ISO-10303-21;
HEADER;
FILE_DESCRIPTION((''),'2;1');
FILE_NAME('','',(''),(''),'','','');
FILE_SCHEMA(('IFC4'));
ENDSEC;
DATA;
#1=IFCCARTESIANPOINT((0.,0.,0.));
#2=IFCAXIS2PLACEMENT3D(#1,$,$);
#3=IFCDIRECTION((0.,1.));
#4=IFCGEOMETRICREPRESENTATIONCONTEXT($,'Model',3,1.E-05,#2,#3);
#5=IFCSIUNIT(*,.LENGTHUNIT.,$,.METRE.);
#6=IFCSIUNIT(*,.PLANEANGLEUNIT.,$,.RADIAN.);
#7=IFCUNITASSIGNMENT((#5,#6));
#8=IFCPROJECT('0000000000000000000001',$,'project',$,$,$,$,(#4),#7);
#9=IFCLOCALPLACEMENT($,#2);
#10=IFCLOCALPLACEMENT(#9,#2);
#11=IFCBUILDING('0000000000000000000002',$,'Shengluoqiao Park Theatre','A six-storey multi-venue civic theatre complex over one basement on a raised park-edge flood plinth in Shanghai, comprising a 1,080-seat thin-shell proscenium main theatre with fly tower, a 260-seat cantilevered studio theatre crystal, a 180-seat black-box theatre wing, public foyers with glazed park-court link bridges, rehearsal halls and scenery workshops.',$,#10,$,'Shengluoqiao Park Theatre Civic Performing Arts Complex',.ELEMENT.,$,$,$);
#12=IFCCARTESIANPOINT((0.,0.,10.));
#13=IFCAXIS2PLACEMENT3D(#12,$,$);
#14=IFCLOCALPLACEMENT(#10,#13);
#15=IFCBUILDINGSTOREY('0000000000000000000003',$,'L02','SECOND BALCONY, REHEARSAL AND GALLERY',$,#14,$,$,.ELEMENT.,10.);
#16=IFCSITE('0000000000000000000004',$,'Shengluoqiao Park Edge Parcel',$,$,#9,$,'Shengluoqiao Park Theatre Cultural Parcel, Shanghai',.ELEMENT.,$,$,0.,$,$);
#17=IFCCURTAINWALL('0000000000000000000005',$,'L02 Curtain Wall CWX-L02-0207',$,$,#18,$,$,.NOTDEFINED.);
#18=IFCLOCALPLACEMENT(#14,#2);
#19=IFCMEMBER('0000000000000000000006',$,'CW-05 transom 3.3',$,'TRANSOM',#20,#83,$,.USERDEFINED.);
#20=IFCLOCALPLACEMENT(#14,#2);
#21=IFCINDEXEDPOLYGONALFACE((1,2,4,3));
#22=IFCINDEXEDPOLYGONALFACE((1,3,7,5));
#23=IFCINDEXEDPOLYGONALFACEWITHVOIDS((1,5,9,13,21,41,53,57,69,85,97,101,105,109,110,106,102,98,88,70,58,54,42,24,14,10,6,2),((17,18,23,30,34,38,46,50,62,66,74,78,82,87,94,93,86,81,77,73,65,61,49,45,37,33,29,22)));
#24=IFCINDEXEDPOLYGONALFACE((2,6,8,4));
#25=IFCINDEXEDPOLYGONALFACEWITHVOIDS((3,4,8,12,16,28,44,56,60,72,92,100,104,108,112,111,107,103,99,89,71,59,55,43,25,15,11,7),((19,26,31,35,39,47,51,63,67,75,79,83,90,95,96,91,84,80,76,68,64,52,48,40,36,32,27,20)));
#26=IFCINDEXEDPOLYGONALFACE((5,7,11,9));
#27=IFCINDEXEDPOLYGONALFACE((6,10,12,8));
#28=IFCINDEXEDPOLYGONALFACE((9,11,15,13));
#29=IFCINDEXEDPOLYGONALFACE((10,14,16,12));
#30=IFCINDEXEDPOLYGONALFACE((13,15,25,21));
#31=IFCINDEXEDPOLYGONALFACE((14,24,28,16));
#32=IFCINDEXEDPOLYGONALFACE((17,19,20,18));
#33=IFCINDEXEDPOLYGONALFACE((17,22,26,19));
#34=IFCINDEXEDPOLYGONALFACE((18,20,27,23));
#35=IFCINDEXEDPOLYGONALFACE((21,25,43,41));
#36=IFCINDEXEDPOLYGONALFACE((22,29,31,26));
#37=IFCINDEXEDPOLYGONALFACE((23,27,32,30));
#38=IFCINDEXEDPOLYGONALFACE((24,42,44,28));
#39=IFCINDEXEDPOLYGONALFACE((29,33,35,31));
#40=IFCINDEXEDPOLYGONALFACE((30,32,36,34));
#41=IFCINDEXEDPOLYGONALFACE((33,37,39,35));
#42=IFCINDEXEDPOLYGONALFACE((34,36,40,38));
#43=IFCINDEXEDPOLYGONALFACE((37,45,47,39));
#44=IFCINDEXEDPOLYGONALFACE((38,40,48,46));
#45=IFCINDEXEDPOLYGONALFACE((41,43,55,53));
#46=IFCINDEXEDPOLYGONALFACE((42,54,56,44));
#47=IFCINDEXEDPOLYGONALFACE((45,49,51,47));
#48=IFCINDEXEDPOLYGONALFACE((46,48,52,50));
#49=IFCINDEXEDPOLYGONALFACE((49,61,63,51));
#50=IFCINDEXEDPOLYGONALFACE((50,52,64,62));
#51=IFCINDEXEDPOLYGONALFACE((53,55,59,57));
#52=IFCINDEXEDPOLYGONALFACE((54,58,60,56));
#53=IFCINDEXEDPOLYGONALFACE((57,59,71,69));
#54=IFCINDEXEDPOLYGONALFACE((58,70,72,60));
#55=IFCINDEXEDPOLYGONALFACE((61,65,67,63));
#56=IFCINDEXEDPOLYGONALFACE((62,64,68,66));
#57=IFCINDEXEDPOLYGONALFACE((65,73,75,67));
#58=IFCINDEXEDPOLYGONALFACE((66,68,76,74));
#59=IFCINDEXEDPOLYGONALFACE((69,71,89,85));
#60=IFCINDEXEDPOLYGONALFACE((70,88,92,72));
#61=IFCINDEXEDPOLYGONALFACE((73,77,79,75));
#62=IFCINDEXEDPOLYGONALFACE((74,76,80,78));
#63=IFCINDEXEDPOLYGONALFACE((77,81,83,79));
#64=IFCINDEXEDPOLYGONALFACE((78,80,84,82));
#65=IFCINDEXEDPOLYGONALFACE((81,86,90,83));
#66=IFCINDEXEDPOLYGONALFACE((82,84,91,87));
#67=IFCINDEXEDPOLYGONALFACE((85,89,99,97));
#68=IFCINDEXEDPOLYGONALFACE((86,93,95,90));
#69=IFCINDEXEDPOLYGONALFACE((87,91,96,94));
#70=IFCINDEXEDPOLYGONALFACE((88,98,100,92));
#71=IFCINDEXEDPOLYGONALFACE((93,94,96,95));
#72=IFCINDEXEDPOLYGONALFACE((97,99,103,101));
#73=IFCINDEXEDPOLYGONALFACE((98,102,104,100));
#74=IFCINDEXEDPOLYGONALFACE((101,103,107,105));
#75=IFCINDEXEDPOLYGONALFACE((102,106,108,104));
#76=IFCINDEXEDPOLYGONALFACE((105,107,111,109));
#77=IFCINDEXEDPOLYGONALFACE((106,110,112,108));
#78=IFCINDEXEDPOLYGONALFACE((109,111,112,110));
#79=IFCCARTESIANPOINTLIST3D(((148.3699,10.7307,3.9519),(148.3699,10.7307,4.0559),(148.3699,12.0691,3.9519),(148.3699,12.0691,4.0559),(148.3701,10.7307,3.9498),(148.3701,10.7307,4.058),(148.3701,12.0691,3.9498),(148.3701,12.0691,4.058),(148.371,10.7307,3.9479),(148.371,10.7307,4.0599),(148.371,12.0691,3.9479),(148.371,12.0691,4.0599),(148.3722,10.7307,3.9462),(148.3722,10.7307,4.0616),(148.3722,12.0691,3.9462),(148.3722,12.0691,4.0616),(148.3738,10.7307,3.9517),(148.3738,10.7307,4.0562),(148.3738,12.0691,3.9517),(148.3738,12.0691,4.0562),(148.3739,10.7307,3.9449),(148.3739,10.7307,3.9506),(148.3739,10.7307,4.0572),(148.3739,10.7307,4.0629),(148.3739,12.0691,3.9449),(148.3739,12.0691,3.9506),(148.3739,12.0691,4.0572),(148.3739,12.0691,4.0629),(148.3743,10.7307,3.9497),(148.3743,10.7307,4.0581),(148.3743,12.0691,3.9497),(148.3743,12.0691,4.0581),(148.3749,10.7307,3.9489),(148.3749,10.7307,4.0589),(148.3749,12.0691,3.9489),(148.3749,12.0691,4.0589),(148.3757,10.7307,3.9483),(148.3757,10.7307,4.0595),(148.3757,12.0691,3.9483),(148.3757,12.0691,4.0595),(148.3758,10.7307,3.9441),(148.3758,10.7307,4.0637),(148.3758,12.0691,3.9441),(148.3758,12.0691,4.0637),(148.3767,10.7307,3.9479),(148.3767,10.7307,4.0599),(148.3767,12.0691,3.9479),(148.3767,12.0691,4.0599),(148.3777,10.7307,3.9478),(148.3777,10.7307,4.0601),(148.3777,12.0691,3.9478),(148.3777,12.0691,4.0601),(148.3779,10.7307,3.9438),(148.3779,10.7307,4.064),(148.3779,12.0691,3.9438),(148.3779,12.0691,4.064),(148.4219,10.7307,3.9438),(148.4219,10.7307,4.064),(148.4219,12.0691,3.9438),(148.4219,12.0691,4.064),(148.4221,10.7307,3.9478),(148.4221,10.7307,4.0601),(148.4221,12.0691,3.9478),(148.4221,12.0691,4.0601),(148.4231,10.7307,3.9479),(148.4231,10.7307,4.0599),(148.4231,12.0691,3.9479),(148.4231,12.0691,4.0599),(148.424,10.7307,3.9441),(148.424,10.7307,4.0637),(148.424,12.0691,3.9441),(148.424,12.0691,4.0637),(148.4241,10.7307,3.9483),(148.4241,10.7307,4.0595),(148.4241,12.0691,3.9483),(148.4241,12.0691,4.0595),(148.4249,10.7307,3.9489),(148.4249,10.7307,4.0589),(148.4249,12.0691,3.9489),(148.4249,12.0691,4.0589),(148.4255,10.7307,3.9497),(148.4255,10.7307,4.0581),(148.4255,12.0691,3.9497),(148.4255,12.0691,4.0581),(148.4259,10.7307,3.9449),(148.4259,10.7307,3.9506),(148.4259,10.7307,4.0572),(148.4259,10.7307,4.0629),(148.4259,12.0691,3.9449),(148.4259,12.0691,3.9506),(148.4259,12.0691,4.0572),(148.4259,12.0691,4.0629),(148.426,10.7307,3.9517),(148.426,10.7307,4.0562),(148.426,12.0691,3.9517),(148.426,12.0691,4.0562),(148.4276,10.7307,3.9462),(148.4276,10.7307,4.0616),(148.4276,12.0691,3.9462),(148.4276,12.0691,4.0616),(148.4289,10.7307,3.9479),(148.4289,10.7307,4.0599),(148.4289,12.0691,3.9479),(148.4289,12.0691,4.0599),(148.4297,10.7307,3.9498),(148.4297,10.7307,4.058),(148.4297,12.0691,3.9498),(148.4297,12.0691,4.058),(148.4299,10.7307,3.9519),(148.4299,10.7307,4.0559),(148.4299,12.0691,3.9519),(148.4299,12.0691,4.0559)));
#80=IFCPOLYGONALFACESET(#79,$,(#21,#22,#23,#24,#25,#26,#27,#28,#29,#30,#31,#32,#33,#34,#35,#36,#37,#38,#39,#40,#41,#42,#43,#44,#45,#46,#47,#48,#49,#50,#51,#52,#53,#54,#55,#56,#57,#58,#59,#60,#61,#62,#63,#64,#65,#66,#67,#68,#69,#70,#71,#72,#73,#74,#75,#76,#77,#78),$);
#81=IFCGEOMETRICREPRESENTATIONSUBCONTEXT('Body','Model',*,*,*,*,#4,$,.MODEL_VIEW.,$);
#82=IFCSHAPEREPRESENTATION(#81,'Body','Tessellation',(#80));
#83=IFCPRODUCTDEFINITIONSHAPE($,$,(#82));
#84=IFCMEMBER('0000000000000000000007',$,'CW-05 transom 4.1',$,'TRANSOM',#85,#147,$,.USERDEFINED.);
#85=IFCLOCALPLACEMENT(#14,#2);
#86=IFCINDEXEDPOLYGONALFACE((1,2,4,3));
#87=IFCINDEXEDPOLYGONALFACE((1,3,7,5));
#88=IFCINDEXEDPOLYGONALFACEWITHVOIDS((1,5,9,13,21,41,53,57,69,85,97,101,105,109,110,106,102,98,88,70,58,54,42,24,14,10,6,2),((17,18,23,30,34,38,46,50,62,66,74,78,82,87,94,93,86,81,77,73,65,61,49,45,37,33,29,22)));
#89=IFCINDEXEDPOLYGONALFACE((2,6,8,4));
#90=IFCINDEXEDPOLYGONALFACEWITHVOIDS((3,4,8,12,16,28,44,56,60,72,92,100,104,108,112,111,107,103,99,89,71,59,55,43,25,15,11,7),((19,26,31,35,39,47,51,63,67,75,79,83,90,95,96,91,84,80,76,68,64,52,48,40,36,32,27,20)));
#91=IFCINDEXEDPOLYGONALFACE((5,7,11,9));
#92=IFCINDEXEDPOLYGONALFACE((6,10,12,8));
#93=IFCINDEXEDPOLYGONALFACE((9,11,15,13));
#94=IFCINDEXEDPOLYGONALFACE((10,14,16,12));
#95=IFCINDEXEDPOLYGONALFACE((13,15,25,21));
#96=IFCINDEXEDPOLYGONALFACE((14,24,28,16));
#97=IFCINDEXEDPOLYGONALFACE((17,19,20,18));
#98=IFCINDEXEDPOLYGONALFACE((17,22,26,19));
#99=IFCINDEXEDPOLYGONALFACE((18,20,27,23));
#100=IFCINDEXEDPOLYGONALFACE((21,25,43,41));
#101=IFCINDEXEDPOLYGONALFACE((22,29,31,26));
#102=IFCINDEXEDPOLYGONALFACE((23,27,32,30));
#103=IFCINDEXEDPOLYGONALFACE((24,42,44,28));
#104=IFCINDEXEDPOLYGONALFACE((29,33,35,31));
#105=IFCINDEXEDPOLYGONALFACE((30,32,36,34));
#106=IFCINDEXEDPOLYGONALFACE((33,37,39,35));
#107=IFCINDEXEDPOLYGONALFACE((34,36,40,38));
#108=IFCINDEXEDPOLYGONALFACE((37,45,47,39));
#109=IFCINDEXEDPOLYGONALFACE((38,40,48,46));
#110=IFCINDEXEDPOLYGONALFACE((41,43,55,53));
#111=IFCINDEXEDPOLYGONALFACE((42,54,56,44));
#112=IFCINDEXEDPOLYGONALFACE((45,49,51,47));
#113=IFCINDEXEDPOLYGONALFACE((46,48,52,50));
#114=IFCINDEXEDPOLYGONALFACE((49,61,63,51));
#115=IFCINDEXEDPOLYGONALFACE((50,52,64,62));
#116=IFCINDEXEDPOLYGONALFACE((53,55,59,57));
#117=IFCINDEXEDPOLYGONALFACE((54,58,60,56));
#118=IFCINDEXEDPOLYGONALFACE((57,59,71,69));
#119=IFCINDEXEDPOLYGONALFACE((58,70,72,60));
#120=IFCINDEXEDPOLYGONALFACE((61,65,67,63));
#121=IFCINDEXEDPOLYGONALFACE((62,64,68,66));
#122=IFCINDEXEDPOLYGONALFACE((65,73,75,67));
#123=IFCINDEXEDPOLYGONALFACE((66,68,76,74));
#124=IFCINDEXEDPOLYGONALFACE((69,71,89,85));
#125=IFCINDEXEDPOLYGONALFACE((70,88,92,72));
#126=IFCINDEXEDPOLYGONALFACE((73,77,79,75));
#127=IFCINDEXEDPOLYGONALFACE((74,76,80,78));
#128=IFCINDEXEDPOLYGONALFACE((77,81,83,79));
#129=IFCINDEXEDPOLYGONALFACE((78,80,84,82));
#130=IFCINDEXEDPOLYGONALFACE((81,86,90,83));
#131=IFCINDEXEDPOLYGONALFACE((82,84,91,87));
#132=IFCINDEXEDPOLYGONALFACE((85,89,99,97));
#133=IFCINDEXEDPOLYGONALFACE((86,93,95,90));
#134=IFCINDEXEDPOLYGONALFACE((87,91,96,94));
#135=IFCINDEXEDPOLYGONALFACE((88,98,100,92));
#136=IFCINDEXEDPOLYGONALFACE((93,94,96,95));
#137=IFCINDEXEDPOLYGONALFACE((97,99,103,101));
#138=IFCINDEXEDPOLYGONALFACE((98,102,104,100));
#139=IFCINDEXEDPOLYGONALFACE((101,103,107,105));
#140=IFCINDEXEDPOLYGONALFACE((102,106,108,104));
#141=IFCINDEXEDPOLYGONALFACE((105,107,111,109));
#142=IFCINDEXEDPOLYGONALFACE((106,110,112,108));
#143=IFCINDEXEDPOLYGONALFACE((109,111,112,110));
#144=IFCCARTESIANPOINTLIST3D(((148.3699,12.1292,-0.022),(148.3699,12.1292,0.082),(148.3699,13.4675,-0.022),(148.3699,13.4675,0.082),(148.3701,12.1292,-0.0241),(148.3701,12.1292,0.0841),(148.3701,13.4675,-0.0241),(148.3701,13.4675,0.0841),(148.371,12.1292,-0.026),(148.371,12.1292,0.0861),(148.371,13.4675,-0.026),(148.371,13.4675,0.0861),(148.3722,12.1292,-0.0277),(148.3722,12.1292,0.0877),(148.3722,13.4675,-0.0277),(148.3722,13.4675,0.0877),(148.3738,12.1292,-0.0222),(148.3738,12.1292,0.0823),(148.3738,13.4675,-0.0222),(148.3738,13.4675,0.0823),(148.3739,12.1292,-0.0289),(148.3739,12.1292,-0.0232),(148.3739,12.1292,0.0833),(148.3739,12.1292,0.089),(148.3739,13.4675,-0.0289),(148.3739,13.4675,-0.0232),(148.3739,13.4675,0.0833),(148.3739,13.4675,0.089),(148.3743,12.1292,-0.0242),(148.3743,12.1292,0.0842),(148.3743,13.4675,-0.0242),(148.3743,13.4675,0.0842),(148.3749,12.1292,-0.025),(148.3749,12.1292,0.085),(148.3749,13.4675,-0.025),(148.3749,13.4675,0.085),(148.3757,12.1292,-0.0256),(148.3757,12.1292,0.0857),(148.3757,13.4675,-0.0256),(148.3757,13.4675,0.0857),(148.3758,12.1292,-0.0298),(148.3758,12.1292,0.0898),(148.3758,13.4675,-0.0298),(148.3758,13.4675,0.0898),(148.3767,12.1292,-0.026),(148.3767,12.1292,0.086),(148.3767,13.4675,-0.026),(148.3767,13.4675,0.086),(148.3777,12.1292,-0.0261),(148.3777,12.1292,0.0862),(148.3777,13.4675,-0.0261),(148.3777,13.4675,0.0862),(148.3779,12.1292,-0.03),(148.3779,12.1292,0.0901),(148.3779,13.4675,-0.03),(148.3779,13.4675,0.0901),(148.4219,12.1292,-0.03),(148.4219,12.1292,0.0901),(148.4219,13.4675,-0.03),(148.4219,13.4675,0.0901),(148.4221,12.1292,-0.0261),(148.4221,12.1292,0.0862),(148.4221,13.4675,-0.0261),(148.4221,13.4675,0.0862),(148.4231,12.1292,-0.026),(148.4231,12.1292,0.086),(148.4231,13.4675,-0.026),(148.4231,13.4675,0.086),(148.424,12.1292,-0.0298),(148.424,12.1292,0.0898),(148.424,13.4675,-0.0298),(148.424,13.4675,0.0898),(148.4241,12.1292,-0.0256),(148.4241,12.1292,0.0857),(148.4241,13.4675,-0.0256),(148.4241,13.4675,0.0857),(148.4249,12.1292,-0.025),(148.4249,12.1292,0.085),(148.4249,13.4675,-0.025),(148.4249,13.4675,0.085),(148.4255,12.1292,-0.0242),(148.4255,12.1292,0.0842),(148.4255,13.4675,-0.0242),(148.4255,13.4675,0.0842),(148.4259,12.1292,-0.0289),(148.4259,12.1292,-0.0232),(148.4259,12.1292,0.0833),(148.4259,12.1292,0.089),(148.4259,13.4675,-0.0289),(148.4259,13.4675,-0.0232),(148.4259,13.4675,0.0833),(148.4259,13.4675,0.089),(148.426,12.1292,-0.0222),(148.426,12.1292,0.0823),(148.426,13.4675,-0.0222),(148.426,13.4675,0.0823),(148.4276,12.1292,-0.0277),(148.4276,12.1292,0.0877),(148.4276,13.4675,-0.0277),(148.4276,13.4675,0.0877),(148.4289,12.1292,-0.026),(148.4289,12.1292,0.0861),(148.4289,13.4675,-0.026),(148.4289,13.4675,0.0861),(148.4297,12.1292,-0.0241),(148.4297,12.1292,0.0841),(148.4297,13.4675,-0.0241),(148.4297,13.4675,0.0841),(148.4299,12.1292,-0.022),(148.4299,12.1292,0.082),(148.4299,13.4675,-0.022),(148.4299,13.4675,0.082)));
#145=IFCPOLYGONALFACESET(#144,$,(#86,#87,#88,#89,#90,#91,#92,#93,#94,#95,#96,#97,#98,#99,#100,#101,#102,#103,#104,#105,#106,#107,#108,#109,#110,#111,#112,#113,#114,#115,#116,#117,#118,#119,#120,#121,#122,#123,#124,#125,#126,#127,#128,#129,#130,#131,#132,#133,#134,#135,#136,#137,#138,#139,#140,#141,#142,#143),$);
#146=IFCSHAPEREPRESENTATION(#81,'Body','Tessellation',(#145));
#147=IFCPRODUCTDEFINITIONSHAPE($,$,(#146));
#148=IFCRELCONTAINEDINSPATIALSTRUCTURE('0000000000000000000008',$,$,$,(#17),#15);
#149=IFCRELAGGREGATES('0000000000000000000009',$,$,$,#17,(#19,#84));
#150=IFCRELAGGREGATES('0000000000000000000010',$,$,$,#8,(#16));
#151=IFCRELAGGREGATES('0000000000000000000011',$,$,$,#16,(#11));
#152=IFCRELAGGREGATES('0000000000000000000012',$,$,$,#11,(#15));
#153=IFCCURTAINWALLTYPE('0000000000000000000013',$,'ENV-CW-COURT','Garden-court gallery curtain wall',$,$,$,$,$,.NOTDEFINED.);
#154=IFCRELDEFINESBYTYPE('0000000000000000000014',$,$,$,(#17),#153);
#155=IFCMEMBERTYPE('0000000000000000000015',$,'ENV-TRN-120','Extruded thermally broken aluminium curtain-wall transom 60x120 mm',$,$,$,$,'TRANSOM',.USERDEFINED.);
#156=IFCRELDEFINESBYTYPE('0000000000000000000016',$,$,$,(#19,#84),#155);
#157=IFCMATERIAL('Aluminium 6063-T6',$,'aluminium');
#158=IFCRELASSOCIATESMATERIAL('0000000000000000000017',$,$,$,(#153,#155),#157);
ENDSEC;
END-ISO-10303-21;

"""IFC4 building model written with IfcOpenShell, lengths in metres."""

from ifc_helpers import new_model, si_unit, direction, frame, origin, origin_2d, place, context, subcontext, project, spatial, hollow_rectangle, extrude, material, material_profile, profile_set, type_object, element, aggregate, save


model = new_model("IFC4")

# Units and contexts
model_context = context("Model", 3, precision=1e-05, world=origin(), true_north=direction((0.0, 1.0)))
body_context = subcontext(model_context, "Body", "Model", "MODEL_VIEW")
ifc_project = project(units=[si_unit("LENGTHUNIT", "METRE"), si_unit("PLANEANGLEUNIT", "RADIAN")], contexts=[model_context])

# Site, building, storey
site_placement = place(None, origin())
site = spatial("IfcSite", under=ifc_project, at=site_placement, Name="Shengluoqiao Park Edge Parcel", LongName="Shengluoqiao Park Theatre Cultural Parcel, Shanghai", CompositionType="ELEMENT", RefElevation=0.0)
building_placement = place(site_placement, origin())
building = spatial("IfcBuilding", under=site, at=building_placement, Name="Shengluoqiao Park Theatre", Description="A six-storey multi-venue civic theatre complex over one basement on a raised park-edge flood plinth in Shanghai, comprising a 1,080-seat thin-shell proscenium main theatre with fly tower, a 260-seat cantilevered studio theatre crystal, a 180-seat black-box theatre wing, public foyers with glazed park-court link bridges, rehearsal halls and scenery workshops.", LongName="Shengluoqiao Park Theatre Civic Performing Arts Complex", CompositionType="ELEMENT")
storey_placement = place(building_placement, frame((0.0, 0.0, 10.0)))
storey = spatial("IfcBuildingStorey", under=building, at=storey_placement, Name="L02", Description="SECOND BALCONY, REHEARSAL AND GALLERY", CompositionType="ELEMENT", Elevation=10.0)

# Curtain wall, members
ifc_material_1 = material(Name="Aluminium 6063-T6", Category="aluminium")
curtain_wall_type = type_object("IfcCurtainWallType", Name="ENV-CW-COURT", Description="Garden-court gallery curtain wall", PredefinedType="NOTDEFINED", material=ifc_material_1)
curtain_wall_placement = place(storey_placement, origin())
curtain_wall = element("IfcCurtainWall", 1, at=curtain_wall_placement, inside=storey, type_object=curtain_wall_type, Name="L02 Curtain Wall CWX-L02-0207", PredefinedType="NOTDEFINED")
ifc_material_profile_1 = material_profile(ifc_material_1, hollow_rectangle(XDim=0.0601, YDim=0.1201, WallThickness=0.0039, InnerFilletRadius=0.0039, OuterFilletRadius=0.0081, at=origin_2d()), Name="ALU TRANSOM 120x60x4")
ifc_profile_set_1 = profile_set([ifc_material_profile_1], Name="Aluminium 6063-T6")
member_type_1 = type_object("IfcMemberType", Name="ENV-TRN-120", Description="Extruded thermally broken aluminium curtain-wall transom 60x120 mm", ElementType="TRANSOM", PredefinedType="USERDEFINED", material=ifc_profile_set_1)
member_1_placement = place(storey_placement, frame((148.3999, 10.7307, 4.0039), z_axis=(0.0, 1.0, 0.0), x_axis=(-1.0, 0.0, 0.0)))
member_1 = element("IfcMember", 2, at=member_1_placement, type_object=member_type_1, Name="CW-05 transom 3.3", ObjectType="TRANSOM", PredefinedType="USERDEFINED", context=body_context, shape_type="SweptSolid", body=[
    extrude(hollow_rectangle(XDim=0.0601, YDim=0.1201, WallThickness=0.0039, InnerFilletRadius=0.0039, OuterFilletRadius=0.0081, at=origin_2d()), origin(), (0.0, 0.0, 1.0), 1.3384),
])
member_2_placement = place(storey_placement, frame((148.3999, 12.1292, 0.03), z_axis=(0.0, 1.0, 0.0), x_axis=(-1.0, 0.0, 0.0)))
member_2 = element("IfcMember", 3, at=member_2_placement, type_object=member_type_1, Name="CW-05 transom 4.1", ObjectType="TRANSOM", PredefinedType="USERDEFINED", context=body_context, shape_type="SweptSolid", body=[
    extrude(hollow_rectangle(XDim=0.0601, YDim=0.1201, WallThickness=0.0039, InnerFilletRadius=0.0039, OuterFilletRadius=0.0081, at=origin_2d()), origin(), (0.0, 0.0, 1.0), 1.3384),
])

aggregate(curtain_wall, [member_1, member_2])

save(model, "model.ifc")
